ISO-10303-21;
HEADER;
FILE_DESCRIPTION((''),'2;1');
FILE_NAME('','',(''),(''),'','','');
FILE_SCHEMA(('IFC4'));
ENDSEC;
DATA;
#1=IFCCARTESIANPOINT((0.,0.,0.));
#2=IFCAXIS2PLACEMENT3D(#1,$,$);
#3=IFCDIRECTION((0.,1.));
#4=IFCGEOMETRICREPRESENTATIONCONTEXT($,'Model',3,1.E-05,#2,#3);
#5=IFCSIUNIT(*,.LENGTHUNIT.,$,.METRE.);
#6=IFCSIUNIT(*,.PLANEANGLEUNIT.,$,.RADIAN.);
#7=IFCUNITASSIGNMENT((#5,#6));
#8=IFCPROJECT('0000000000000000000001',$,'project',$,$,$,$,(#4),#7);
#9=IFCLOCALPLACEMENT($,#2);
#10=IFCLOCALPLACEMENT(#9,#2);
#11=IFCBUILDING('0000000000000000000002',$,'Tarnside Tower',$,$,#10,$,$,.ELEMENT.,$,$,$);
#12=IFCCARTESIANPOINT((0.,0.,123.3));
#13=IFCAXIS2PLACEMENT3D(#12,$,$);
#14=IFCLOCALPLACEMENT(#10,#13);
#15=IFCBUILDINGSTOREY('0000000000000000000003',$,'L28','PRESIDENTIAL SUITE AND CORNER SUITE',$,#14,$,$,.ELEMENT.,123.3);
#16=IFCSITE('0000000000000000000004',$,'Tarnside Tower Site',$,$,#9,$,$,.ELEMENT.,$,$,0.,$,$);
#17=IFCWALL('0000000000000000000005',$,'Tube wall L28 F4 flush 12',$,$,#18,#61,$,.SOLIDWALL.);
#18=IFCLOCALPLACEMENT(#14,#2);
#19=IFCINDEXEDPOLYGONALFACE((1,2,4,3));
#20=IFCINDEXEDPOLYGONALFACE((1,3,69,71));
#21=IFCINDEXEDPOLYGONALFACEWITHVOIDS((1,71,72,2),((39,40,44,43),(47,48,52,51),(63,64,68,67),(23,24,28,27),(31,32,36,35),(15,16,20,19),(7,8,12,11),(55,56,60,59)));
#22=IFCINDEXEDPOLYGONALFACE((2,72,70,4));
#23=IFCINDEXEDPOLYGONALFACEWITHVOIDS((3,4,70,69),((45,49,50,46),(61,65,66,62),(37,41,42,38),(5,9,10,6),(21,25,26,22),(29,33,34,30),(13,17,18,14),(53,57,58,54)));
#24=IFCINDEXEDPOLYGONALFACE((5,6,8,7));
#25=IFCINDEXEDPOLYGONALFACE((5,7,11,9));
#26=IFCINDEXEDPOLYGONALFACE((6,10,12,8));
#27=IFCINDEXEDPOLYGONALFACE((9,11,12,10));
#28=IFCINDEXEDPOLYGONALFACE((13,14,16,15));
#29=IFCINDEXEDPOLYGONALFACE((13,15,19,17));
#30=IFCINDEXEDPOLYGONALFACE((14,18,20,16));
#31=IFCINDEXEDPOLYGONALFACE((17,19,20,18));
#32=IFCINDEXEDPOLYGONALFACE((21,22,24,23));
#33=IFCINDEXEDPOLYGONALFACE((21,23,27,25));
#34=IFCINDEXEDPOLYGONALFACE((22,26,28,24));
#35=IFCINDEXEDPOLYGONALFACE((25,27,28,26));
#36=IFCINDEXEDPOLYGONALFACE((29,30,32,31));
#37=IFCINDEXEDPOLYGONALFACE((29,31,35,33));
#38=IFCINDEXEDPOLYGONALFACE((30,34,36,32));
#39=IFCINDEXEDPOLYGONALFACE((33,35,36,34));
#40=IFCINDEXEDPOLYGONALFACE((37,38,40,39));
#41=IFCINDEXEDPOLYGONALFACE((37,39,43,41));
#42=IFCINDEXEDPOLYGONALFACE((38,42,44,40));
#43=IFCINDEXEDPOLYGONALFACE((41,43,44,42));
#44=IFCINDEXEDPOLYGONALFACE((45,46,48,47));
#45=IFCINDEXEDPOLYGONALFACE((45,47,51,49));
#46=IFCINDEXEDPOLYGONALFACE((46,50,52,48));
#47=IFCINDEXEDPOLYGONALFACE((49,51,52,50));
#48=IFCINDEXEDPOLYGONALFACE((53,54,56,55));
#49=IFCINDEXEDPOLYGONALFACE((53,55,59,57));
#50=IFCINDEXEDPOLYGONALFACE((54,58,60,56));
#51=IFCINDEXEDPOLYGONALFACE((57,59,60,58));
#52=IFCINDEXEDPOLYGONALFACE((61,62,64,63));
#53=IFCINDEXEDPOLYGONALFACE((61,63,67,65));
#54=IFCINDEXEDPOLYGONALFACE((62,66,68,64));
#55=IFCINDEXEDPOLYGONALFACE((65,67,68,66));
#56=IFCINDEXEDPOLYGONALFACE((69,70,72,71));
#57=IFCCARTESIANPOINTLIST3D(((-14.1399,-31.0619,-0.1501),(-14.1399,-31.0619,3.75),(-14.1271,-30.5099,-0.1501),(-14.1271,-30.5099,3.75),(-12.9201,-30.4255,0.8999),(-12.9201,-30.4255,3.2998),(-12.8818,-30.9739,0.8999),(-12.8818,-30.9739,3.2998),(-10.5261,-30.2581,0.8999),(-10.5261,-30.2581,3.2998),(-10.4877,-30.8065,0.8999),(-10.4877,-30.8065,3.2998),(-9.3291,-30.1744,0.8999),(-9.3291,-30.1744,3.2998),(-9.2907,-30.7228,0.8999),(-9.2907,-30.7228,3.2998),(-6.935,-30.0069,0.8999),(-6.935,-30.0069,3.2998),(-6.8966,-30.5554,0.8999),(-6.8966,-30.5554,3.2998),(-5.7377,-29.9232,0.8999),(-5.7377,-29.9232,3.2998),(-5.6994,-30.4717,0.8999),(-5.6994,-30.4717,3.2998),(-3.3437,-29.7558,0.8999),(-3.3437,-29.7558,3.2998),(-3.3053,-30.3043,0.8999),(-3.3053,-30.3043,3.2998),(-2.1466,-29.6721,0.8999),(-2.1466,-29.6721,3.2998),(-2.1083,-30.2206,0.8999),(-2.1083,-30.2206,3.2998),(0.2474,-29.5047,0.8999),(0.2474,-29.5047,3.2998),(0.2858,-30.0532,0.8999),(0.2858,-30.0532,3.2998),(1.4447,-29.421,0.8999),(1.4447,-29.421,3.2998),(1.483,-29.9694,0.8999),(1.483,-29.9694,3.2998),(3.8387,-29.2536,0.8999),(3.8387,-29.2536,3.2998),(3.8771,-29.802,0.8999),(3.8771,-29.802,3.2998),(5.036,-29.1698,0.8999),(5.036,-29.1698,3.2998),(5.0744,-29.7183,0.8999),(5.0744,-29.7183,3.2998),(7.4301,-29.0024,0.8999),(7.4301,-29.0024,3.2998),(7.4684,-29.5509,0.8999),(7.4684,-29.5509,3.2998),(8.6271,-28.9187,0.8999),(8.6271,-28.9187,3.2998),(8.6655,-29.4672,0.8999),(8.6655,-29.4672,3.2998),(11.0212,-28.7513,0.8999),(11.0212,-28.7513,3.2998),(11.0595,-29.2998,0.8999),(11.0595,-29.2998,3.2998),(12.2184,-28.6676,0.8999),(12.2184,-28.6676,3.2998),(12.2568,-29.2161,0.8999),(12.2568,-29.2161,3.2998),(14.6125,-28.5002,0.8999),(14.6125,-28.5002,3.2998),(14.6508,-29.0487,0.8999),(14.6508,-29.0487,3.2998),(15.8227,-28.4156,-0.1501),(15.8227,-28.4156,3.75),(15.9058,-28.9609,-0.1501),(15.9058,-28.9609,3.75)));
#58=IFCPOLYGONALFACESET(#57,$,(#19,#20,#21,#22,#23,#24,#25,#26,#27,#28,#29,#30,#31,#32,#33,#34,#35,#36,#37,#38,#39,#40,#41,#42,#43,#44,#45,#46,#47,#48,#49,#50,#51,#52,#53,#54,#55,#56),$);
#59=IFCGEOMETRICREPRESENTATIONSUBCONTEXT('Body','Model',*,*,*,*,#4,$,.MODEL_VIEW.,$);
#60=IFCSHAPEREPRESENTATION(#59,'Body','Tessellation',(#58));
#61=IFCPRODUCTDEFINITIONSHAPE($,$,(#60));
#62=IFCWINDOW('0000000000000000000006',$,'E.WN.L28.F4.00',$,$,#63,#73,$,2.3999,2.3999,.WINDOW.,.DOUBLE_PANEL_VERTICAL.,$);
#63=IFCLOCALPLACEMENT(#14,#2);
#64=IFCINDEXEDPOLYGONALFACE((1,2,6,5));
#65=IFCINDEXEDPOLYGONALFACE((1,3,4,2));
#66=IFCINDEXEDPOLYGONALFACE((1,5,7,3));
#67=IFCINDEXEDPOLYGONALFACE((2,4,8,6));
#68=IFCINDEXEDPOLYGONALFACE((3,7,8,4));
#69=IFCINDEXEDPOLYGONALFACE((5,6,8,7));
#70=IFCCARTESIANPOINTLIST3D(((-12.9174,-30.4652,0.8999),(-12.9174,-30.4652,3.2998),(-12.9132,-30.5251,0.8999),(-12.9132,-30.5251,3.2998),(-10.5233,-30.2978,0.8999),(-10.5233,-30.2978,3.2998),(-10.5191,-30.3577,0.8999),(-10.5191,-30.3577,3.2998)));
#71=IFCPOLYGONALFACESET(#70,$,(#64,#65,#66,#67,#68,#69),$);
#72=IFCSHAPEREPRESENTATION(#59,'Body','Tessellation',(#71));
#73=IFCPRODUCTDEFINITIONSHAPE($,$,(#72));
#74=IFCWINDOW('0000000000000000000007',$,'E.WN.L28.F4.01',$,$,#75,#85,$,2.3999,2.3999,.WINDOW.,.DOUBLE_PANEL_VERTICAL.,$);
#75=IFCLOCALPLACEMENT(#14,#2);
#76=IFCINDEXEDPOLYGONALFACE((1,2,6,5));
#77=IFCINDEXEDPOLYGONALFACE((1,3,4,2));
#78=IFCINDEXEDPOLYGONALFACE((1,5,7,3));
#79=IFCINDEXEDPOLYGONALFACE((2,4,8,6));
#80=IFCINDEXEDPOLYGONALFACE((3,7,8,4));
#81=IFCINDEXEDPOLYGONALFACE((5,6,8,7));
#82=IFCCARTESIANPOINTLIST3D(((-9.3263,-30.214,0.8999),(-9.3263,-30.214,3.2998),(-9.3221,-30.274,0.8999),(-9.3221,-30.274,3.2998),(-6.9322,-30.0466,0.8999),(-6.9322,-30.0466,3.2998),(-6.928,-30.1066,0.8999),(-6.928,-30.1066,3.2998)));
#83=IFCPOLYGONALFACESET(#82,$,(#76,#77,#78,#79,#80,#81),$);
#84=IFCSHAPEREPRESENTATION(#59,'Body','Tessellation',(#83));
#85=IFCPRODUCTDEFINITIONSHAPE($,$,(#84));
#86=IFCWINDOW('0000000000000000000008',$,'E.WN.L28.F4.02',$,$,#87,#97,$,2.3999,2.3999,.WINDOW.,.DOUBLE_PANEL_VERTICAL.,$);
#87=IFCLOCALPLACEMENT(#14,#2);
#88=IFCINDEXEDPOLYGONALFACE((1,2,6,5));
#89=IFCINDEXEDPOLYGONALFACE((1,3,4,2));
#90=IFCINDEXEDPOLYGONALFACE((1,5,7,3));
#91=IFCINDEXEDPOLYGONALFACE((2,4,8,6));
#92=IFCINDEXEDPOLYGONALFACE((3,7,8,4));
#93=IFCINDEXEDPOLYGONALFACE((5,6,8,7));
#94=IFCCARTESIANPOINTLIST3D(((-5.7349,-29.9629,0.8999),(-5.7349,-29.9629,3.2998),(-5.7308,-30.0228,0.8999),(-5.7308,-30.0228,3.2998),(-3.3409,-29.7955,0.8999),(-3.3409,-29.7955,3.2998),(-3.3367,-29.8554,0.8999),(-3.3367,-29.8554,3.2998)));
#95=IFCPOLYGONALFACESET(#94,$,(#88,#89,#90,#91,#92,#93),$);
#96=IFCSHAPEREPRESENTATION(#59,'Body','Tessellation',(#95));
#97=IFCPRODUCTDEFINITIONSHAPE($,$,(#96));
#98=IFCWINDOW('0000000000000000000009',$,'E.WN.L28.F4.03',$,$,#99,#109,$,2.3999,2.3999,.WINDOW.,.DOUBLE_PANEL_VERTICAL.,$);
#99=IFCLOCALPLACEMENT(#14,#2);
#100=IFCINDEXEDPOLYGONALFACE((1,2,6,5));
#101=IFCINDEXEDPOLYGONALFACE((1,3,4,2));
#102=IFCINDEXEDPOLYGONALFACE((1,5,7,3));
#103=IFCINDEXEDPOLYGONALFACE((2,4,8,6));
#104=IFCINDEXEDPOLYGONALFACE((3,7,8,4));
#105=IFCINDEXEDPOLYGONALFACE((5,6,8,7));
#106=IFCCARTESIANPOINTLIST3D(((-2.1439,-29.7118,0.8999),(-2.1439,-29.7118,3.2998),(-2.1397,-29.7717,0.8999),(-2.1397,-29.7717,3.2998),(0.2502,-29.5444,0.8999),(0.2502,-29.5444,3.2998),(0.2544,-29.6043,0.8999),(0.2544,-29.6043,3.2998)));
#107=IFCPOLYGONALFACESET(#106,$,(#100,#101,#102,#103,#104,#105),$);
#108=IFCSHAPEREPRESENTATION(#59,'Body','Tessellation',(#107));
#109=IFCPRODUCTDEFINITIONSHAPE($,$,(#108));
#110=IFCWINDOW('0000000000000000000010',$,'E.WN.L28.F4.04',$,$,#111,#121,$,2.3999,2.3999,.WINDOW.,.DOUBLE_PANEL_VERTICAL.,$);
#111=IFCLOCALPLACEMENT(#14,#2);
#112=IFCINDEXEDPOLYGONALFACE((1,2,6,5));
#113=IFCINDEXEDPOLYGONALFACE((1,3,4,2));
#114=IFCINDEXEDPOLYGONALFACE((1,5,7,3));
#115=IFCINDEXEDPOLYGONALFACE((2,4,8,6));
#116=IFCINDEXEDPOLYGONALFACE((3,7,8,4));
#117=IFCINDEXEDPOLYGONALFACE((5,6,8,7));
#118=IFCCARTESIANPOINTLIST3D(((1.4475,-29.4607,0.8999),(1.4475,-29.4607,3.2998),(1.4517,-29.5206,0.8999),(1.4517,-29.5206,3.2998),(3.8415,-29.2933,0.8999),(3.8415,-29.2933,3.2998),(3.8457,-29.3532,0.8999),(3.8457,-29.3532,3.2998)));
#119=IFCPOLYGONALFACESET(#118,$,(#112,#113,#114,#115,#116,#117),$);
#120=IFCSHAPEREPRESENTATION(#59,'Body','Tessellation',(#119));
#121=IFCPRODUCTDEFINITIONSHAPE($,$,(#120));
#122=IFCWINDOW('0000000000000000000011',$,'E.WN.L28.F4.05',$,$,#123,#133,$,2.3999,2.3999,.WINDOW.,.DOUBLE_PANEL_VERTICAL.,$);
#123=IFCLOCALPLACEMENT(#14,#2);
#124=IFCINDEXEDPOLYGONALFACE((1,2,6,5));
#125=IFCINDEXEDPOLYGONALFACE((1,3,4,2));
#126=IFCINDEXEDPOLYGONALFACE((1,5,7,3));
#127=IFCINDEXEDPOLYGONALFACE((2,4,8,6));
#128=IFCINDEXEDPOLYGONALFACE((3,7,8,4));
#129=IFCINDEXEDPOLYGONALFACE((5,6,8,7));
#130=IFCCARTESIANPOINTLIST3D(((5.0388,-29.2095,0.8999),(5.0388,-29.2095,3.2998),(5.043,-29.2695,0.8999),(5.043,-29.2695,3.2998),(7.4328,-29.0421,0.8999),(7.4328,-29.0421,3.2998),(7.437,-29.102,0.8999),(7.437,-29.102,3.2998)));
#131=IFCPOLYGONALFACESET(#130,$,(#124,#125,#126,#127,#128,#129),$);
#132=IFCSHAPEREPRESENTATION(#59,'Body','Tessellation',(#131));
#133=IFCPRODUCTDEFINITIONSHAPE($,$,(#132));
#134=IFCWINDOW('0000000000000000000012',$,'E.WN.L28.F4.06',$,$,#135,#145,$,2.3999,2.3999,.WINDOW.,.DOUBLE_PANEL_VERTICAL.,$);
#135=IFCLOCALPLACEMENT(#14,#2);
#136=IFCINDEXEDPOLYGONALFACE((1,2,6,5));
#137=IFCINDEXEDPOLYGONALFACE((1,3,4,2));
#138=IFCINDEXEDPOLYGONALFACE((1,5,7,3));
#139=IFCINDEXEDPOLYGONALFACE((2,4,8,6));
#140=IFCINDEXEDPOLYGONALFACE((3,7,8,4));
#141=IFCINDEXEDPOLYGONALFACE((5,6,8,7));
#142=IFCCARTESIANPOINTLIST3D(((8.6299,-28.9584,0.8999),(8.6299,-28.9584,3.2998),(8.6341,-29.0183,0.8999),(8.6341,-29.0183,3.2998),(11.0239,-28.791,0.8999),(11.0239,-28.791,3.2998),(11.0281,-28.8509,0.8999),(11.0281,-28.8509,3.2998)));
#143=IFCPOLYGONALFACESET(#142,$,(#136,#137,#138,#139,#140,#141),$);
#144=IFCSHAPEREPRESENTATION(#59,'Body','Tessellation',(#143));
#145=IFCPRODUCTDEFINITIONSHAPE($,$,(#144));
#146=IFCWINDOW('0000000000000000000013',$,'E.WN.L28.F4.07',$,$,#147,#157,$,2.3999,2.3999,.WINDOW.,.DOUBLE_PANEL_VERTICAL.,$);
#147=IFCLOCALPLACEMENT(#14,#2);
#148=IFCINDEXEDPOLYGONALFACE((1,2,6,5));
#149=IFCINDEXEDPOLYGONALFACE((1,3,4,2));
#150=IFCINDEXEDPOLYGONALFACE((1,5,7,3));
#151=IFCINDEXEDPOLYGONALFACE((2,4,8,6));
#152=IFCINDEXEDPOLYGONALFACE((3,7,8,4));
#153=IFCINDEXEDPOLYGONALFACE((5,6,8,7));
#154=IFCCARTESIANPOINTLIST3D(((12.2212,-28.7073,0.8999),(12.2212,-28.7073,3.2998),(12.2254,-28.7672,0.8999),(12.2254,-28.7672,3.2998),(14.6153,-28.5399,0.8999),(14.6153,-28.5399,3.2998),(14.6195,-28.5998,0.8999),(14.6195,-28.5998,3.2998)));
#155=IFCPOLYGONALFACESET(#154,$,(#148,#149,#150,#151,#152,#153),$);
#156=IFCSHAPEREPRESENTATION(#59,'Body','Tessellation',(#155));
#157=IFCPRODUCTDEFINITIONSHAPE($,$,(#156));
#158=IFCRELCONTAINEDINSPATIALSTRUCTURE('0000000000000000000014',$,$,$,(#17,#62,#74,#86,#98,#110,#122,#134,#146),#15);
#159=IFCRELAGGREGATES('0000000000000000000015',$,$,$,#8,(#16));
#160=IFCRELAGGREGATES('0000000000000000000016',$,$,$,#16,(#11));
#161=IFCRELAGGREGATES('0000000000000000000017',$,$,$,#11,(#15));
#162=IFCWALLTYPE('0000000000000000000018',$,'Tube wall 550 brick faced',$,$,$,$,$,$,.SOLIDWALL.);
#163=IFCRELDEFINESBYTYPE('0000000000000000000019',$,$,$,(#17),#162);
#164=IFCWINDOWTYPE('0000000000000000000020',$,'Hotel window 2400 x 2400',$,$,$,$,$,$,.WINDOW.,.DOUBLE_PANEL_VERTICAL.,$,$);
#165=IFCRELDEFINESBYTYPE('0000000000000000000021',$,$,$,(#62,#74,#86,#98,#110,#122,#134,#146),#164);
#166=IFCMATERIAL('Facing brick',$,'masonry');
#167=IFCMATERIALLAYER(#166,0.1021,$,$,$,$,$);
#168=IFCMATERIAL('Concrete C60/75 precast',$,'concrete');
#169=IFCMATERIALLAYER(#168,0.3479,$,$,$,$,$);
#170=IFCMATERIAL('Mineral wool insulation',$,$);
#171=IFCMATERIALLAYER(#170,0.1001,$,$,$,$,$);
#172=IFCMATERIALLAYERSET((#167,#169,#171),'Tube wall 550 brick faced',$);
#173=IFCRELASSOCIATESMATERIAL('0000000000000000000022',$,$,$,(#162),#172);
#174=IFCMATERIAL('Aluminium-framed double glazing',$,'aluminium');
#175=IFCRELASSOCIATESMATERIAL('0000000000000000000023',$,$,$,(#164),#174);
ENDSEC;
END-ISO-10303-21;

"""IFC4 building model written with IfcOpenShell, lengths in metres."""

from ifc_helpers import new_model, si_unit, direction, frame, frame_2d, origin, place, context, subcontext, project, spatial, polyline, rectangle, outline, extrude, material, layer, layer_set, type_object, element, fill, save


model = new_model("IFC4")

# Units and contexts
model_context = context("Model", 3, precision=1e-05, world=origin(), true_north=direction((0.0, 1.0)))
body_context = subcontext(model_context, "Body", "Model", "MODEL_VIEW")
ifc_project = project(units=[si_unit("LENGTHUNIT", "METRE"), si_unit("PLANEANGLEUNIT", "RADIAN")], contexts=[model_context])

# Site, building, storey
site_placement = place(None, origin())
site = spatial("IfcSite", under=ifc_project, at=site_placement, Name="Tarnside Tower Site", CompositionType="ELEMENT", RefElevation=0.0)
building_placement = place(site_placement, origin())
building = spatial("IfcBuilding", under=site, at=building_placement, Name="Tarnside Tower", CompositionType="ELEMENT")
storey_placement = place(building_placement, frame((0.0, 0.0, 123.3)))
storey = spatial("IfcBuildingStorey", under=building, at=storey_placement, Name="L28", Description="PRESIDENTIAL SUITE AND CORNER SUITE", CompositionType="ELEMENT", Elevation=123.3)

# Shared definitions
ifc_material_1 = material(Name="Facing brick", Category="masonry")
ifc_layer_1 = layer(ifc_material_1, 0.1021)
ifc_material_2 = material(Name="Concrete C60/75 precast", Category="concrete")
ifc_layer_2 = layer(ifc_material_2, 0.3479)
ifc_material_3 = material(Name="Mineral wool insulation")
ifc_layer_3 = layer(ifc_material_3, 0.1001)
ifc_layer_set_1 = layer_set([ifc_layer_1, ifc_layer_2, ifc_layer_3], Name="Tube wall 550 brick faced")
wall_type_1 = type_object("IfcWallType", Name="Tube wall 550 brick faced", PredefinedType="SOLIDWALL", material=ifc_layer_set_1)

# Wall, openings, windows
wall_1_placement = place(storey_placement, frame((-14.1335, -30.7859, -0.1501), z_axis=(0.0, 0.0, 1.0), x_axis=(0.997564, 0.069757, 0.0)))
wall_1 = element("IfcWall", 1, at=wall_1_placement, inside=storey, type_object=wall_type_1, Name="Tube wall L28 F4 flush 12", PredefinedType="SOLIDWALL", context=body_context, shape_type="SweptSolid", body=[
    extrude(outline(polyline([(-0.0256, -0.2749), (30.0935, -0.2749), (30.0486, 0.2749), (0.0256, 0.2749), (-0.0256, -0.2749)])), origin(), (0.0, 0.0, 1.0), 3.9001),
])
opening_1_placement = place(wall_1_placement, frame((1.2356, 0.0, 1.05)))
opening_1 = element("IfcOpeningElement", 2, at=opening_1_placement, cuts=wall_1, PredefinedType="OPENING", context=body_context, shape_type="SweptSolid", body=[
    extrude(rectangle(XDim=2.3999, YDim=2.3999, at=frame_2d((1.2, 1.2))), frame((0.0, 0.2852, 0.0), z_axis=(0.0, -1.0, 0.0), x_axis=(1.0, 0.0, 0.0)), (0.0, 0.0, 1.0), 0.5701),
])
opening_2_placement = place(wall_1_placement, frame((4.8354, 0.0, 1.05)))
opening_2 = element("IfcOpeningElement", 3, at=opening_2_placement, cuts=wall_1, PredefinedType="OPENING", context=body_context, shape_type="SweptSolid", body=[
    extrude(rectangle(XDim=2.3999, YDim=2.3999, at=frame_2d((1.2, 1.2))), frame((0.0, 0.2852, 0.0), z_axis=(0.0, -1.0, 0.0), x_axis=(1.0, 0.0, 0.0)), (0.0, 0.0, 1.0), 0.5701),
])
opening_3_placement = place(wall_1_placement, frame((8.4355, 0.0, 1.05)))
opening_3 = element("IfcOpeningElement", 4, at=opening_3_placement, cuts=wall_1, PredefinedType="OPENING", context=body_context, shape_type="SweptSolid", body=[
    extrude(rectangle(XDim=2.3999, YDim=2.3999, at=frame_2d((1.2, 1.2))), frame((0.0, 0.2852, 0.0), z_axis=(0.0, -1.0, 0.0), x_axis=(1.0, 0.0, 0.0)), (0.0, 0.0, 1.0), 0.5701),
])
opening_4_placement = place(wall_1_placement, frame((12.0354, 0.0, 1.05)))
opening_4 = element("IfcOpeningElement", 5, at=opening_4_placement, cuts=wall_1, PredefinedType="OPENING", context=body_context, shape_type="SweptSolid", body=[
    extrude(rectangle(XDim=2.3999, YDim=2.3999, at=frame_2d((1.2, 1.2))), frame((0.0, 0.2852, 0.0), z_axis=(0.0, -1.0, 0.0), x_axis=(1.0, 0.0, 0.0)), (0.0, 0.0, 1.0), 0.5701),
])
opening_5_placement = place(wall_1_placement, frame((15.6355, 0.0, 1.05)))
opening_5 = element("IfcOpeningElement", 6, at=opening_5_placement, cuts=wall_1, PredefinedType="OPENING", context=body_context, shape_type="SweptSolid", body=[
    extrude(rectangle(XDim=2.3999, YDim=2.3999, at=frame_2d((1.2, 1.2))), frame((0.0, 0.2852, 0.0), z_axis=(0.0, -1.0, 0.0), x_axis=(1.0, 0.0, 0.0)), (0.0, 0.0, 1.0), 0.5701),
])
opening_6_placement = place(wall_1_placement, frame((19.2356, 0.0, 1.05)))
opening_6 = element("IfcOpeningElement", 7, at=opening_6_placement, cuts=wall_1, PredefinedType="OPENING", context=body_context, shape_type="SweptSolid", body=[
    extrude(rectangle(XDim=2.3999, YDim=2.3999, at=frame_2d((1.2, 1.2))), frame((0.0, 0.2852, 0.0), z_axis=(0.0, -1.0, 0.0), x_axis=(1.0, 0.0, 0.0)), (0.0, 0.0, 1.0), 0.5701),
])
opening_7_placement = place(wall_1_placement, frame((22.8354, 0.0, 1.05)))
opening_7 = element("IfcOpeningElement", 8, at=opening_7_placement, cuts=wall_1, PredefinedType="OPENING", context=body_context, shape_type="SweptSolid", body=[
    extrude(rectangle(XDim=2.3999, YDim=2.3999, at=frame_2d((1.2, 1.2))), frame((0.0, 0.2852, 0.0), z_axis=(0.0, -1.0, 0.0), x_axis=(1.0, 0.0, 0.0)), (0.0, 0.0, 1.0), 0.5701),
])
opening_8_placement = place(wall_1_placement, frame((26.4355, 0.0, 1.05)))
opening_8 = element("IfcOpeningElement", 9, at=opening_8_placement, cuts=wall_1, PredefinedType="OPENING", context=body_context, shape_type="SweptSolid", body=[
    extrude(rectangle(XDim=2.3999, YDim=2.3999, at=frame_2d((1.2, 1.2))), frame((0.0, 0.2852, 0.0), z_axis=(0.0, -1.0, 0.0), x_axis=(1.0, 0.0, 0.0)), (0.0, 0.0, 1.0), 0.5701),
])
ifc_material_4 = material(Name="Aluminium-framed double glazing", Category="aluminium")
window_type = type_object("IfcWindowType", Name="Hotel window 2400 x 2400", PartitioningType="DOUBLE_PANEL_VERTICAL", PredefinedType="WINDOW", material=ifc_material_4)
window_1_placement = place(opening_1_placement, frame((0.0, 0.2051, 0.0)))
window_1 = element("IfcWindow", 10, at=window_1_placement, inside=storey, type_object=window_type, Name="E.WN.L28.F4.00", OverallHeight=2.3999, OverallWidth=2.3999, PartitioningType="DOUBLE_PANEL_VERTICAL", PredefinedType="WINDOW", context=body_context, shape_type="SweptSolid", body=[
    extrude(rectangle(XDim=2.3999, YDim=2.3999, at=frame_2d((1.2, 1.2))), frame((0.0, 0.03, 0.0), z_axis=(0.0, -1.0, 0.0), x_axis=(1.0, 0.0, 0.0)), (0.0, 0.0, 1.0), 0.0601),
])
fill(opening_1, window_1)
window_2_placement = place(opening_2_placement, frame((0.0, 0.2051, 0.0)))
window_2 = element("IfcWindow", 11, at=window_2_placement, inside=storey, type_object=window_type, Name="E.WN.L28.F4.01", OverallHeight=2.3999, OverallWidth=2.3999, PartitioningType="DOUBLE_PANEL_VERTICAL", PredefinedType="WINDOW", context=body_context, shape_type="SweptSolid", body=[
    extrude(rectangle(XDim=2.3999, YDim=2.3999, at=frame_2d((1.2, 1.2))), frame((0.0, 0.03, 0.0), z_axis=(0.0, -1.0, 0.0), x_axis=(1.0, 0.0, 0.0)), (0.0, 0.0, 1.0), 0.0601),
])
fill(opening_2, window_2)
window_3_placement = place(opening_3_placement, frame((0.0, 0.2051, 0.0)))
window_3 = element("IfcWindow", 12, at=window_3_placement, inside=storey, type_object=window_type, Name="E.WN.L28.F4.02", OverallHeight=2.3999, OverallWidth=2.3999, PartitioningType="DOUBLE_PANEL_VERTICAL", PredefinedType="WINDOW", context=body_context, shape_type="SweptSolid", body=[
    extrude(rectangle(XDim=2.3999, YDim=2.3999, at=frame_2d((1.2, 1.2))), frame((0.0, 0.03, 0.0), z_axis=(0.0, -1.0, 0.0), x_axis=(1.0, 0.0, 0.0)), (0.0, 0.0, 1.0), 0.0601),
])
fill(opening_3, window_3)
window_4_placement = place(opening_4_placement, frame((0.0, 0.2051, 0.0)))
window_4 = element("IfcWindow", 13, at=window_4_placement, inside=storey, type_object=window_type, Name="E.WN.L28.F4.03", OverallHeight=2.3999, OverallWidth=2.3999, PartitioningType="DOUBLE_PANEL_VERTICAL", PredefinedType="WINDOW", context=body_context, shape_type="SweptSolid", body=[
    extrude(rectangle(XDim=2.3999, YDim=2.3999, at=frame_2d((1.2, 1.2))), frame((0.0, 0.03, 0.0), z_axis=(0.0, -1.0, 0.0), x_axis=(1.0, 0.0, 0.0)), (0.0, 0.0, 1.0), 0.0601),
])
fill(opening_4, window_4)
window_5_placement = place(opening_5_placement, frame((0.0, 0.2051, 0.0)))
window_5 = element("IfcWindow", 14, at=window_5_placement, inside=storey, type_object=window_type, Name="E.WN.L28.F4.04", OverallHeight=2.3999, OverallWidth=2.3999, PartitioningType="DOUBLE_PANEL_VERTICAL", PredefinedType="WINDOW", context=body_context, shape_type="SweptSolid", body=[
    extrude(rectangle(XDim=2.3999, YDim=2.3999, at=frame_2d((1.2, 1.2))), frame((0.0, 0.03, 0.0), z_axis=(0.0, -1.0, 0.0), x_axis=(1.0, 0.0, 0.0)), (0.0, 0.0, 1.0), 0.0601),
])
fill(opening_5, window_5)
window_6_placement = place(opening_6_placement, frame((0.0, 0.2051, 0.0)))
window_6 = element("IfcWindow", 15, at=window_6_placement, inside=storey, type_object=window_type, Name="E.WN.L28.F4.05", OverallHeight=2.3999, OverallWidth=2.3999, PartitioningType="DOUBLE_PANEL_VERTICAL", PredefinedType="WINDOW", context=body_context, shape_type="SweptSolid", body=[
    extrude(rectangle(XDim=2.3999, YDim=2.3999, at=frame_2d((1.2, 1.2))), frame((0.0, 0.03, 0.0), z_axis=(0.0, -1.0, 0.0), x_axis=(1.0, 0.0, 0.0)), (0.0, 0.0, 1.0), 0.0601),
])
fill(opening_6, window_6)
window_7_placement = place(opening_7_placement, frame((0.0, 0.2051, 0.0)))
window_7 = element("IfcWindow", 16, at=window_7_placement, inside=storey, type_object=window_type, Name="E.WN.L28.F4.06", OverallHeight=2.3999, OverallWidth=2.3999, PartitioningType="DOUBLE_PANEL_VERTICAL", PredefinedType="WINDOW", context=body_context, shape_type="SweptSolid", body=[
    extrude(rectangle(XDim=2.3999, YDim=2.3999, at=frame_2d((1.2, 1.2))), frame((0.0, 0.03, 0.0), z_axis=(0.0, -1.0, 0.0), x_axis=(1.0, 0.0, 0.0)), (0.0, 0.0, 1.0), 0.0601),
])
fill(opening_7, window_7)
window_8_placement = place(opening_8_placement, frame((0.0, 0.2051, 0.0)))
window_8 = element("IfcWindow", 17, at=window_8_placement, inside=storey, type_object=window_type, Name="E.WN.L28.F4.07", OverallHeight=2.3999, OverallWidth=2.3999, PartitioningType="DOUBLE_PANEL_VERTICAL", PredefinedType="WINDOW", context=body_context, shape_type="SweptSolid", body=[
    extrude(rectangle(XDim=2.3999, YDim=2.3999, at=frame_2d((1.2, 1.2))), frame((0.0, 0.03, 0.0), z_axis=(0.0, -1.0, 0.0), x_axis=(1.0, 0.0, 0.0)), (0.0, 0.0, 1.0), 0.0601),
])
fill(opening_8, window_8)

save(model, "model.ifc")
